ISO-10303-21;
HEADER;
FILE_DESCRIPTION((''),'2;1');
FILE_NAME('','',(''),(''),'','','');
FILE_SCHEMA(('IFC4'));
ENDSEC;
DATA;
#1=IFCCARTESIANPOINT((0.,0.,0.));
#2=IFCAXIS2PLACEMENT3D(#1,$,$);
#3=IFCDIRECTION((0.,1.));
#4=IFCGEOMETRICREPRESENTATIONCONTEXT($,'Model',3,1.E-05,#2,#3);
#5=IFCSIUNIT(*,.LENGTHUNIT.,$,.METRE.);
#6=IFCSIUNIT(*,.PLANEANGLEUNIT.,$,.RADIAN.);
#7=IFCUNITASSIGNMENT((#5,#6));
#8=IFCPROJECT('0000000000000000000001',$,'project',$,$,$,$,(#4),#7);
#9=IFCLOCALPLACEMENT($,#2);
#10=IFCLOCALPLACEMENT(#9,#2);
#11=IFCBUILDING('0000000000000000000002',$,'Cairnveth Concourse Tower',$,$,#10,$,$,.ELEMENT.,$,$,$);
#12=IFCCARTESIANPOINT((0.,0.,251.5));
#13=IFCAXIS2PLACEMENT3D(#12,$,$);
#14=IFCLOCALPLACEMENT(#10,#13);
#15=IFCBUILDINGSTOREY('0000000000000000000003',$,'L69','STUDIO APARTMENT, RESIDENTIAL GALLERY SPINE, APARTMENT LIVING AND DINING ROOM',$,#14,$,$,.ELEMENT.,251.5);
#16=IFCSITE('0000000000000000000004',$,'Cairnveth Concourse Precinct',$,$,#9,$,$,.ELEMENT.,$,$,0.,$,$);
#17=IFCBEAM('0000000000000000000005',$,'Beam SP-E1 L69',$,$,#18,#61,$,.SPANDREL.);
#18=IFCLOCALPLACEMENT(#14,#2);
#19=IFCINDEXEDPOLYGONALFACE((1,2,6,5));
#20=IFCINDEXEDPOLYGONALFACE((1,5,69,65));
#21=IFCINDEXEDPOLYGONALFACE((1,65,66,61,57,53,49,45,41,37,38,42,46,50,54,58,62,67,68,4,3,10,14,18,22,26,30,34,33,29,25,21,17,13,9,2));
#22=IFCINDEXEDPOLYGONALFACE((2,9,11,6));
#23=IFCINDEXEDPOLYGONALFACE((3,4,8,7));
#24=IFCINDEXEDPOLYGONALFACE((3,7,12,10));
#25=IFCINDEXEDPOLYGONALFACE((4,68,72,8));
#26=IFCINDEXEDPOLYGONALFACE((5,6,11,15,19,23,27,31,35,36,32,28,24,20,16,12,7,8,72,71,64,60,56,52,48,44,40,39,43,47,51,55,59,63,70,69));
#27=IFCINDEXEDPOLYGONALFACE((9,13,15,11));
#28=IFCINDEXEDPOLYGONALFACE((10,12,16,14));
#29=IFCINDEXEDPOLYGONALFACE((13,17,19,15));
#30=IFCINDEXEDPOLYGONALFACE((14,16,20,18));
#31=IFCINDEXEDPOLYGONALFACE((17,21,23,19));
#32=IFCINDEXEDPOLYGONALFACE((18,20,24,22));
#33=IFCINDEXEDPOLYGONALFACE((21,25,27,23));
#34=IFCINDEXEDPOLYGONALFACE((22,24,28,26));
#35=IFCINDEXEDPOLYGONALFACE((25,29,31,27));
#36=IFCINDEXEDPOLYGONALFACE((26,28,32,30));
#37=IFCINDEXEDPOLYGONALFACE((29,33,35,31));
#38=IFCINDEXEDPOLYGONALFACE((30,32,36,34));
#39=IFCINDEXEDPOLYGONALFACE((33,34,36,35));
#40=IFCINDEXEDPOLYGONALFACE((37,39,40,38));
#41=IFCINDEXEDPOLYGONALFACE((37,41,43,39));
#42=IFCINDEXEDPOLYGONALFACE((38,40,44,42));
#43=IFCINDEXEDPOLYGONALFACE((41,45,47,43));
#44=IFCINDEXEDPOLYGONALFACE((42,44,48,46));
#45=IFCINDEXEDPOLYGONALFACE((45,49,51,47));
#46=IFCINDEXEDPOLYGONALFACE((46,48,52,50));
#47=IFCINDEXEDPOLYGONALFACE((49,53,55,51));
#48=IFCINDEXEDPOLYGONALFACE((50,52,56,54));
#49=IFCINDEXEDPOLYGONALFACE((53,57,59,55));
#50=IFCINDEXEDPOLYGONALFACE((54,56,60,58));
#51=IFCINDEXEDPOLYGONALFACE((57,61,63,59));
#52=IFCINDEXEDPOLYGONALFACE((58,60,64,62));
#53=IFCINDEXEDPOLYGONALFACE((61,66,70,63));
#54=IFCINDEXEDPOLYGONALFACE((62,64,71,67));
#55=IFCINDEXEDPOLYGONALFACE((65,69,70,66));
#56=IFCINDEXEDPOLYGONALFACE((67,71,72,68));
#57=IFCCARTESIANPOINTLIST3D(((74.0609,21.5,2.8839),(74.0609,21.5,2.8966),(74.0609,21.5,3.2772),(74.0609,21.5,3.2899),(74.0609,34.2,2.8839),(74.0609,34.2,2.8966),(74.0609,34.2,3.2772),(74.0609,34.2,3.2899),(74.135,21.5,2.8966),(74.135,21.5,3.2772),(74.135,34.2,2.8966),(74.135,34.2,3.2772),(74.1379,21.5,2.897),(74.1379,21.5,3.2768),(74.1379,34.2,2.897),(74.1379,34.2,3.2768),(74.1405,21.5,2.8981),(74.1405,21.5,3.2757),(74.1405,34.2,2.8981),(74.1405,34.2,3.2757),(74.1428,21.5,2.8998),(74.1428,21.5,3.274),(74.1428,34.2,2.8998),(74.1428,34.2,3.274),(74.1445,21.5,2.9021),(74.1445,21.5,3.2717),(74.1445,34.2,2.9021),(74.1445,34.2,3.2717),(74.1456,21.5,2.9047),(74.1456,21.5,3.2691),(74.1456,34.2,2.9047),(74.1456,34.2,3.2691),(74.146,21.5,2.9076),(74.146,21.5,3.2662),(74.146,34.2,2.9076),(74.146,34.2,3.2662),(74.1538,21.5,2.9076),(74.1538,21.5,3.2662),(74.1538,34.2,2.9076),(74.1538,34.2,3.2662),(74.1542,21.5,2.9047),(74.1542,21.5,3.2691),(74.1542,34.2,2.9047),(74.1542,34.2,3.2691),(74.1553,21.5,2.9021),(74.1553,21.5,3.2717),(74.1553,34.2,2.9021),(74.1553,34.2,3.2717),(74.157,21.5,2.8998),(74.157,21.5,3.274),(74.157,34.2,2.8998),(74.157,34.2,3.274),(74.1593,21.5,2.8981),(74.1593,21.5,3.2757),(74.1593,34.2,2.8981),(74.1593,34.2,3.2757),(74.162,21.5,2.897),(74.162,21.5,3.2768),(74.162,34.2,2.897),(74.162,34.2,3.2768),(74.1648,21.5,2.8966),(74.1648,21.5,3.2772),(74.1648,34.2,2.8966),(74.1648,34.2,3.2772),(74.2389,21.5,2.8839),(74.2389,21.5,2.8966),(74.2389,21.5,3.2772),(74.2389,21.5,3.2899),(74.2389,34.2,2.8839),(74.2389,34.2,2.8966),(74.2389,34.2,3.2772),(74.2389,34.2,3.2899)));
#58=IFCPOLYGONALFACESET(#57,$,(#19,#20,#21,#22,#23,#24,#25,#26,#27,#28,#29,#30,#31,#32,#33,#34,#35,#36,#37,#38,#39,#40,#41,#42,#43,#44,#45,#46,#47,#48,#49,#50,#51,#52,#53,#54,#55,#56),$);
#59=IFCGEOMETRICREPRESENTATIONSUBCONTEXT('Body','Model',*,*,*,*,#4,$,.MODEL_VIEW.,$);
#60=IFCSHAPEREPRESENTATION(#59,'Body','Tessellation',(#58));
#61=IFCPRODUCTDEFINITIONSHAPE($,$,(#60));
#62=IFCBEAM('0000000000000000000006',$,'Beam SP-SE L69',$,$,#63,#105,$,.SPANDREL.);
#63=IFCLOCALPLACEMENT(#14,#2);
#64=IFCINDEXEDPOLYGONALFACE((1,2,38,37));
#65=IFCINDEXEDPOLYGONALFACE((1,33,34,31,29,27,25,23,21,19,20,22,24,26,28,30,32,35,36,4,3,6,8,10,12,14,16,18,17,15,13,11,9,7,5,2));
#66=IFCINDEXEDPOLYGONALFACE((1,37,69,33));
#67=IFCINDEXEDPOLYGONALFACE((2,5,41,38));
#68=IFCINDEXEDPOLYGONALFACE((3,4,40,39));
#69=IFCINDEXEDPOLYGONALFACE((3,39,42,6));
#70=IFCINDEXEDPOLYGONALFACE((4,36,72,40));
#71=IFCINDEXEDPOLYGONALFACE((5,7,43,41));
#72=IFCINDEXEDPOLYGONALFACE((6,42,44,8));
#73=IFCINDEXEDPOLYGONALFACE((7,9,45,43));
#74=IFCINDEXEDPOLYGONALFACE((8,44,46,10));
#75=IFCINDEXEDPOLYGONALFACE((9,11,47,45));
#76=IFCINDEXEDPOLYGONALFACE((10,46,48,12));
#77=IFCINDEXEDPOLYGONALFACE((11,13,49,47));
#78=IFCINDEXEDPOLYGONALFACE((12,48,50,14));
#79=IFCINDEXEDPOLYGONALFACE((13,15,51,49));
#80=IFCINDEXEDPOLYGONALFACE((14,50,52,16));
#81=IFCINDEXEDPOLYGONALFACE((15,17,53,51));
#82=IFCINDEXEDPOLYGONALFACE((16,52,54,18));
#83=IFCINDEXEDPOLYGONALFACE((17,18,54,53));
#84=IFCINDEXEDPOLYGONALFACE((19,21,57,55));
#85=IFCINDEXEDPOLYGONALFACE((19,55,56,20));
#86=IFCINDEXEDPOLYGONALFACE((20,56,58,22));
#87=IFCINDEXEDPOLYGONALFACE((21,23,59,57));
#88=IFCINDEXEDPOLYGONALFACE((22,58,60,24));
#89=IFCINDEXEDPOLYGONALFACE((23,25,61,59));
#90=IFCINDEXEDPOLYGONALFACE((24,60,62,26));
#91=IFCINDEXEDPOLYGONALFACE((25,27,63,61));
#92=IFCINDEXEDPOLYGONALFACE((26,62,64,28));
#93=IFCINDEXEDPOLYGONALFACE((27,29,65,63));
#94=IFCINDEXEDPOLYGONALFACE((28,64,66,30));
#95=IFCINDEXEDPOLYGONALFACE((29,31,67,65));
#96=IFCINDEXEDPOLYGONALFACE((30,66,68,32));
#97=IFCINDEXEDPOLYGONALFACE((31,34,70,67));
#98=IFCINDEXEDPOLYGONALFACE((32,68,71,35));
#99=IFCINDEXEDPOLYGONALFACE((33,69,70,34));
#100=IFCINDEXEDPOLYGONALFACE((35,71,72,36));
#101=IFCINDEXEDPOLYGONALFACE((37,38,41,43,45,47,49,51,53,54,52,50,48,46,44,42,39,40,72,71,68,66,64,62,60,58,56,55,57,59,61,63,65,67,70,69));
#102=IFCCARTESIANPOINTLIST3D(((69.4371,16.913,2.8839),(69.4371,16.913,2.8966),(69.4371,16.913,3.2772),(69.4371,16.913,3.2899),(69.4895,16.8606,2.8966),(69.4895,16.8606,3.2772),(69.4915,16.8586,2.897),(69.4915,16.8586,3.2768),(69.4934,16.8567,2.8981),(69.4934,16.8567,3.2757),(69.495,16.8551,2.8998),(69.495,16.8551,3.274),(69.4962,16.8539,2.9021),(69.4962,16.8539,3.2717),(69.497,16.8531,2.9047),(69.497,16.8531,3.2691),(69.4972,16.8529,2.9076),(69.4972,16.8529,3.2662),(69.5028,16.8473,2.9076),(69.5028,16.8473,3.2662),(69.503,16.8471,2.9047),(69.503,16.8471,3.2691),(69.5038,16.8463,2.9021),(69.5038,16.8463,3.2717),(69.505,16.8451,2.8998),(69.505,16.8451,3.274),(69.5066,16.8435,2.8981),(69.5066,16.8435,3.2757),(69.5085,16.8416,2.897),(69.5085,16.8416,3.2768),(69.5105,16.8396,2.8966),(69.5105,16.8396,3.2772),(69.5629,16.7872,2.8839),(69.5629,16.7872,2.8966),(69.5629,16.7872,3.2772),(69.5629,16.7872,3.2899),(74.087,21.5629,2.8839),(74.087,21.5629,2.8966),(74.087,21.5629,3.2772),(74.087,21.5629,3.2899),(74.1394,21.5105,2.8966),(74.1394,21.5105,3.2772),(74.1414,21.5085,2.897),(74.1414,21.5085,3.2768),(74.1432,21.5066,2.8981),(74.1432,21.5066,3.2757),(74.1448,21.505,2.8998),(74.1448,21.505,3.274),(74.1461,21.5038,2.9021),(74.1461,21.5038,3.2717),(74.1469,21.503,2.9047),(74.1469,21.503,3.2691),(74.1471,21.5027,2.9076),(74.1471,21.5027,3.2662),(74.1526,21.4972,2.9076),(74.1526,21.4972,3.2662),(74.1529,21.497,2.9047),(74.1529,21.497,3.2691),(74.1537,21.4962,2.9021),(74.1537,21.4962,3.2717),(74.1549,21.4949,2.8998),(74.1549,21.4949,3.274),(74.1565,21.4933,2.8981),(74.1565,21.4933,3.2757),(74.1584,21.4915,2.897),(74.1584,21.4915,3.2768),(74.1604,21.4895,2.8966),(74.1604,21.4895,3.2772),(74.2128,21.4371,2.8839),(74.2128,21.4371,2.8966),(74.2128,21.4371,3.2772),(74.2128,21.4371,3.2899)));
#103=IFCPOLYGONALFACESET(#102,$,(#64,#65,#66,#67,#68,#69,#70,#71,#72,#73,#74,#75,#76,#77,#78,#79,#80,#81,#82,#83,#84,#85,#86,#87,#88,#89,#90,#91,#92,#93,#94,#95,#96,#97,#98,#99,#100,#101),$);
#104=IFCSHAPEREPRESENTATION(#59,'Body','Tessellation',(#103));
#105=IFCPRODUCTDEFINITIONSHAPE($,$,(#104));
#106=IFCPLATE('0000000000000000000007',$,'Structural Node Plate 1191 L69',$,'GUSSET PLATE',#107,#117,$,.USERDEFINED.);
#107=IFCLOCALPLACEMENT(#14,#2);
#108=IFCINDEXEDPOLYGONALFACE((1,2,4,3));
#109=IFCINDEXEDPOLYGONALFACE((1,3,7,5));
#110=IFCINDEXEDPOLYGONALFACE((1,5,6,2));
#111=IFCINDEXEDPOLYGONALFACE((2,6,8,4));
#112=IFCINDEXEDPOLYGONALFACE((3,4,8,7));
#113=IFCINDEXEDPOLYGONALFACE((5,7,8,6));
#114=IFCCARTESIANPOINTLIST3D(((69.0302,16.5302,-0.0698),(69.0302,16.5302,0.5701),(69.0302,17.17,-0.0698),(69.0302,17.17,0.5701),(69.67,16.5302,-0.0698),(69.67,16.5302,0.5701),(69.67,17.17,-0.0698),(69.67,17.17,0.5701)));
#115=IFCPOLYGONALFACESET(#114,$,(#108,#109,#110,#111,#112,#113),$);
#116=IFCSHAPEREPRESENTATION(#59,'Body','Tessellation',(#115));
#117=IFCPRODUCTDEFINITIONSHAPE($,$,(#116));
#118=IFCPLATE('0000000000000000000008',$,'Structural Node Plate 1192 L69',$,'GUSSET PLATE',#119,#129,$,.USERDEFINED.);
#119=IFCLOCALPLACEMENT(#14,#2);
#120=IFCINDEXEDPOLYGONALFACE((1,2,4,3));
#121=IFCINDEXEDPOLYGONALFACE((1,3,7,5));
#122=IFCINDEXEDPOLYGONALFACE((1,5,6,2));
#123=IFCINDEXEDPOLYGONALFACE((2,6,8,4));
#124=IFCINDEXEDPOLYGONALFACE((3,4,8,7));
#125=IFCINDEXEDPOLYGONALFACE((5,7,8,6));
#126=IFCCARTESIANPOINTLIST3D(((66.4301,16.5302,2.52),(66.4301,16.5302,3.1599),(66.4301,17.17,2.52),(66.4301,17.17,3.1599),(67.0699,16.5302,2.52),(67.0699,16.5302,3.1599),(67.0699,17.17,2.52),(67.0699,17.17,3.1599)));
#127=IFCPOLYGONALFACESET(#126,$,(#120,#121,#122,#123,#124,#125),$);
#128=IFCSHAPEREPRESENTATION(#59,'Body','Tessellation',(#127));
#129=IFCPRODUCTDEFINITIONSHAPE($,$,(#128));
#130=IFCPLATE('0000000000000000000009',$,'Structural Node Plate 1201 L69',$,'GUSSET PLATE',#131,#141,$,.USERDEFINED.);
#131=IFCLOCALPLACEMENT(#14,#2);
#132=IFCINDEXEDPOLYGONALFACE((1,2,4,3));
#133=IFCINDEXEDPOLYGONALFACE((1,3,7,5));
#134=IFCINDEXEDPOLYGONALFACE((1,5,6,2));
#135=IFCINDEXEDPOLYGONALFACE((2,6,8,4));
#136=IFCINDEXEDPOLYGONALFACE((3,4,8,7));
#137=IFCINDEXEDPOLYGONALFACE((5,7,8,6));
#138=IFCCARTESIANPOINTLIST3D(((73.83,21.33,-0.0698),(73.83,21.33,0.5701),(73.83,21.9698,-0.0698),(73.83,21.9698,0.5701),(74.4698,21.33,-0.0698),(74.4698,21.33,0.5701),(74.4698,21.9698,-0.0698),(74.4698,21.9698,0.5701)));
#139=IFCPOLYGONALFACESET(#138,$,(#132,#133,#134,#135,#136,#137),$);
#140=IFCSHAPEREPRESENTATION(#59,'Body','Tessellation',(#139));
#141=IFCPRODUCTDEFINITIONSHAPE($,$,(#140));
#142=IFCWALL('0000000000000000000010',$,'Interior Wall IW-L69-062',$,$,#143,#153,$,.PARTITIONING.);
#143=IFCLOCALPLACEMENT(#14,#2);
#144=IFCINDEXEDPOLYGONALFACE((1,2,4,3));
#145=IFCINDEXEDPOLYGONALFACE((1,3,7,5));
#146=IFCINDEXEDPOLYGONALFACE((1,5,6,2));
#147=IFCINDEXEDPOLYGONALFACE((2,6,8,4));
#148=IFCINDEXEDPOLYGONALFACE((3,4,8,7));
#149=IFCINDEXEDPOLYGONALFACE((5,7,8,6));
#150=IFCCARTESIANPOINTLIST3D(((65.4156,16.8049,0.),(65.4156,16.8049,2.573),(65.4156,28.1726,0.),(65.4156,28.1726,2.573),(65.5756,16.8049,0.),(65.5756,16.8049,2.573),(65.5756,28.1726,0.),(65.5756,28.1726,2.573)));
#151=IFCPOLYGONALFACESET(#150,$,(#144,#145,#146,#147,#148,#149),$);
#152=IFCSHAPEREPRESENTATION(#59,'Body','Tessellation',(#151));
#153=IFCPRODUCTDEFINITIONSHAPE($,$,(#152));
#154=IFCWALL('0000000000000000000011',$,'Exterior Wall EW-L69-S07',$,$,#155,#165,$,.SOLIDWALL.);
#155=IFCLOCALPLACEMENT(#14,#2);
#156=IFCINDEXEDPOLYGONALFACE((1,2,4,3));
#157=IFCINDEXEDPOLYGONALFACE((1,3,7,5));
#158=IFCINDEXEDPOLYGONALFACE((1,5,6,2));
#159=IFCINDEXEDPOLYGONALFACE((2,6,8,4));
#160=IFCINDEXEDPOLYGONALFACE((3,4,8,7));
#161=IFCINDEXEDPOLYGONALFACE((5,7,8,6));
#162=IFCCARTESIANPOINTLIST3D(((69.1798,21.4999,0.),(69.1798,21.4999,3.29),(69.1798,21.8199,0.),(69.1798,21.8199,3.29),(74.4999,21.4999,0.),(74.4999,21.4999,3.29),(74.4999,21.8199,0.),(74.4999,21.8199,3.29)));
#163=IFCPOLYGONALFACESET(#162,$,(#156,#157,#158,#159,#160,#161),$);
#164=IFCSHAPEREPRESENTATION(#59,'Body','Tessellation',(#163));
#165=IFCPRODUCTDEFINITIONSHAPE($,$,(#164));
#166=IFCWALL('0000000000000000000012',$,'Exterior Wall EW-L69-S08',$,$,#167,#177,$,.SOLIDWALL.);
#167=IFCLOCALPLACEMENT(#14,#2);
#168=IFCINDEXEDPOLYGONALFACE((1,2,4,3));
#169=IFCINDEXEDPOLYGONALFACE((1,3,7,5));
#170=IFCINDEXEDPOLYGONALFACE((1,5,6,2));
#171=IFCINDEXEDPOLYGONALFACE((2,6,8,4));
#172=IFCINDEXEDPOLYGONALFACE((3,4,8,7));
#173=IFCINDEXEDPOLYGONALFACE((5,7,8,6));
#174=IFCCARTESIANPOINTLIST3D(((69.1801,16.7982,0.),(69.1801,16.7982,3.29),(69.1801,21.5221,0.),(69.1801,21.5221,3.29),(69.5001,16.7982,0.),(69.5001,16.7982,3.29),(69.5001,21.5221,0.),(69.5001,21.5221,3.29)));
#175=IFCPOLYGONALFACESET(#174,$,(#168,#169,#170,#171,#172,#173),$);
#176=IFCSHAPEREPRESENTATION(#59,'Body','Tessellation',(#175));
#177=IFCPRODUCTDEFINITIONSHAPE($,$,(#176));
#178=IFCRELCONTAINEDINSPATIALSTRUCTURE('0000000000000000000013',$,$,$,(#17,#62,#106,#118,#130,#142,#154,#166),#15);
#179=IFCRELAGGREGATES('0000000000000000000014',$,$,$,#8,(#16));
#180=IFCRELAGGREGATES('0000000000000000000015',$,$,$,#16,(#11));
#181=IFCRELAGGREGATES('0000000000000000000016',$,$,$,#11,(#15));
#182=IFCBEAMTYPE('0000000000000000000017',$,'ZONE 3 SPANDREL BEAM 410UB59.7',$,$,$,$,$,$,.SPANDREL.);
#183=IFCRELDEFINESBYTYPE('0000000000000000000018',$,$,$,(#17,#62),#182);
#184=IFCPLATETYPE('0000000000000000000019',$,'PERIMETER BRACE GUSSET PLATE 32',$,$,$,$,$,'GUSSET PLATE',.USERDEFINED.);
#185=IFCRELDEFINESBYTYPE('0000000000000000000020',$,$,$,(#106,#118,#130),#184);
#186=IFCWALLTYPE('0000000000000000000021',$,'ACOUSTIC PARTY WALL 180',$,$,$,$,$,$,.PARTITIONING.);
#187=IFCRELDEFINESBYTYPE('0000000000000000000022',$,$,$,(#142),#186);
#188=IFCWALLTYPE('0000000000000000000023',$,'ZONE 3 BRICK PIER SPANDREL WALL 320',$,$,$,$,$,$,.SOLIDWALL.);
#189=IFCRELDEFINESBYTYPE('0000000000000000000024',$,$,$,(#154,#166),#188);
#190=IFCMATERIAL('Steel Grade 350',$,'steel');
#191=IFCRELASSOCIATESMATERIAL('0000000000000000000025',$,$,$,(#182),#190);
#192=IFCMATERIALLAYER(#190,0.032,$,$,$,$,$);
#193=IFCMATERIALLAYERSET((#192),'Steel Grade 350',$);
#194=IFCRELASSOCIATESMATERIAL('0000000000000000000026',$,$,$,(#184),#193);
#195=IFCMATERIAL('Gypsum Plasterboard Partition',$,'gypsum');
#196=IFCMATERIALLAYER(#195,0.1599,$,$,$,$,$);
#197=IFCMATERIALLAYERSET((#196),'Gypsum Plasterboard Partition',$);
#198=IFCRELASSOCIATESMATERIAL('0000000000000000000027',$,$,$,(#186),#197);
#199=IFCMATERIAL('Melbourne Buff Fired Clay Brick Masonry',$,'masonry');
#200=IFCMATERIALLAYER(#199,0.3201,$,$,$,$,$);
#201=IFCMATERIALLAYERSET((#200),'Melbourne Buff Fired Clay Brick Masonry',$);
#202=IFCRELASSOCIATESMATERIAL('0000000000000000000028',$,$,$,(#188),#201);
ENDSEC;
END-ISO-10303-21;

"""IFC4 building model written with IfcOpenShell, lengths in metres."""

from ifc_helpers import new_model, si_unit, direction, frame, frame_2d, origin, origin_2d, place, context, subcontext, project, spatial, rectangle, i_section, extrude, material, layer, layer_set, material_profile, profile_set, type_object, element, save


model = new_model("IFC4")

# Units and contexts
model_context = context("Model", 3, precision=1e-05, world=origin(), true_north=direction((0.0, 1.0)))
body_context = subcontext(model_context, "Body", "Model", "MODEL_VIEW")
ifc_project = project(units=[si_unit("LENGTHUNIT", "METRE"), si_unit("PLANEANGLEUNIT", "RADIAN")], contexts=[model_context])

# Site, building, storey
site_placement = place(None, origin())
site = spatial("IfcSite", under=ifc_project, at=site_placement, Name="Cairnveth Concourse Precinct", CompositionType="ELEMENT", RefElevation=0.0)
building_placement = place(site_placement, origin())
building = spatial("IfcBuilding", under=site, at=building_placement, Name="Cairnveth Concourse Tower", CompositionType="ELEMENT")
storey_placement = place(building_placement, frame((0.0, 0.0, 251.5)))
storey = spatial("IfcBuildingStorey", under=building, at=storey_placement, Name="L69", Description="STUDIO APARTMENT, RESIDENTIAL GALLERY SPINE, APARTMENT LIVING AND DINING ROOM", CompositionType="ELEMENT", Elevation=251.5)

# Shared definitions
ifc_material_1 = material(Name="Steel Grade 350", Category="steel")

# Beams
ifc_material_profile_1 = material_profile(ifc_material_1, i_section(OverallWidth=0.178, OverallDepth=0.406, WebThickness=0.0078, FlangeThickness=0.0127, FilletRadius=0.011, at=origin_2d()), Name="410UB59.7")
ifc_profile_set_1 = profile_set([ifc_material_profile_1], Name="Steel Grade 350")
beam_type_1 = type_object("IfcBeamType", Name="ZONE 3 SPANDREL BEAM 410UB59.7", PredefinedType="SPANDREL", material=ifc_profile_set_1)
beam_1_placement = place(storey_placement, frame((74.1499, 21.5, 3.0869), z_axis=(0.0, 1.0, 0.0), x_axis=(-1.0, 0.0, 0.0)))
element("IfcBeam", 1, at=beam_1_placement, inside=storey, type_object=beam_type_1, Name="Beam SP-E1 L69", PredefinedType="SPANDREL", context=body_context, shape_type="SweptSolid", body=[
    extrude(i_section(OverallWidth=0.178, OverallDepth=0.406, WebThickness=0.0078, FlangeThickness=0.0127, FilletRadius=0.011, at=origin_2d()), origin(), (0.0, 0.0, 1.0), 12.7),
])
beam_2_placement = place(storey_placement, frame((69.5, 16.8501, 3.0869), z_axis=(0.707107, 0.707107, 0.0), x_axis=(-0.707107, 0.707107, 0.0)))
element("IfcBeam", 2, at=beam_2_placement, inside=storey, type_object=beam_type_1, Name="Beam SP-SE L69", PredefinedType="SPANDREL", context=body_context, shape_type="SweptSolid", body=[
    extrude(i_section(OverallWidth=0.178, OverallDepth=0.406, WebThickness=0.0078, FlangeThickness=0.0127, FilletRadius=0.011, at=origin_2d()), origin(), (0.0, 0.0, 1.0), 6.5759),
])

# Plates
ifc_layer_1 = layer(ifc_material_1, 0.032)
ifc_layer_set_1 = layer_set([ifc_layer_1], Name="Steel Grade 350")
plate_type = type_object("IfcPlateType", Name="PERIMETER BRACE GUSSET PLATE 32", ElementType="GUSSET PLATE", PredefinedType="USERDEFINED", material=ifc_layer_set_1)
for number, where, z_axis, x_axis, name in (
    (3, (69.3501, 16.8501, -0.0698), (0.0, 0.0, 1.0), (1.0, 0.0, 0.0), "Structural Node Plate 1191 L69"),
    (4, (66.75, 16.8501, 2.52), (0.0, 0.0, 1.0), (1.0, 0.0, 0.0), "Structural Node Plate 1192 L69"),
    (5, (74.1499, 21.6499, -0.0698), (0.0, 0.0, 1.0), (1.0, 0.0, 0.0), "Structural Node Plate 1201 L69"),
):
    element("IfcPlate", number, at=place(storey_placement, frame(where, z_axis=z_axis, x_axis=x_axis)), inside=storey, type_object=plate_type, Name=name, ObjectType="GUSSET PLATE", PredefinedType="USERDEFINED", context=body_context, shape_type="SweptSolid", body=[
        extrude(rectangle(XDim=0.6399, YDim=0.6399, at=origin_2d()), origin(), (0.0, 0.0, 1.0), 0.6399),
    ])

# Walls
ifc_material_2 = material(Name="Gypsum Plasterboard Partition", Category="gypsum")
ifc_layer_2 = layer(ifc_material_2, 0.1599)
ifc_layer_set_2 = layer_set([ifc_layer_2], Name="Gypsum Plasterboard Partition")
wall_type_1 = type_object("IfcWallType", Name="ACOUSTIC PARTY WALL 180", PredefinedType="PARTITIONING", material=ifc_layer_set_2)
wall_1_placement = place(storey_placement, frame((65.4956, 16.8049, 0.0), z_axis=(0.0, 0.0, 1.0), x_axis=(0.0, 1.0, 0.0)))
element("IfcWall", 6, at=wall_1_placement, inside=storey, type_object=wall_type_1, Name="Interior Wall IW-L69-062", PredefinedType="PARTITIONING", context=body_context, shape_type="SweptSolid", body=[
    extrude(rectangle(XDim=11.3677, YDim=0.1599, at=frame_2d((5.6838, 0.0))), origin(), (0.0, 0.0, 1.0), 2.573),
])
ifc_material_3 = material(Name="Melbourne Buff Fired Clay Brick Masonry", Category="masonry")
ifc_layer_3 = layer(ifc_material_3, 0.3201)
ifc_layer_set_3 = layer_set([ifc_layer_3], Name="Melbourne Buff Fired Clay Brick Masonry")
wall_type_2 = type_object("IfcWallType", Name="ZONE 3 BRICK PIER SPANDREL WALL 320", PredefinedType="SOLIDWALL", material=ifc_layer_set_3)
wall_2_placement = place(storey_placement, frame((74.5, 21.6599, 0.0), z_axis=(0.0, 0.0, 1.0), x_axis=(-1.0, 0.0, 0.0)))
element("IfcWall", 7, at=wall_2_placement, inside=storey, type_object=wall_type_2, Name="Exterior Wall EW-L69-S07", PredefinedType="SOLIDWALL", context=body_context, shape_type="SweptSolid", body=[
    extrude(rectangle(XDim=5.3201, YDim=0.3201, at=frame_2d((2.6602, 0.0))), origin(), (0.0, 0.0, 1.0), 3.29),
])
wall_3_placement = place(storey_placement, frame((69.3401, 21.522, 0.0), z_axis=(0.0, 0.0, 1.0), x_axis=(0.0, -1.0, 0.0)))
element("IfcWall", 8, at=wall_3_placement, inside=storey, type_object=wall_type_2, Name="Exterior Wall EW-L69-S08", PredefinedType="SOLIDWALL", context=body_context, shape_type="SweptSolid", body=[
    extrude(rectangle(XDim=4.7239, YDim=0.3201, at=frame_2d((2.3618, 0.0))), origin(), (0.0, 0.0, 1.0), 3.29),
])

save(model, "model.ifc")
